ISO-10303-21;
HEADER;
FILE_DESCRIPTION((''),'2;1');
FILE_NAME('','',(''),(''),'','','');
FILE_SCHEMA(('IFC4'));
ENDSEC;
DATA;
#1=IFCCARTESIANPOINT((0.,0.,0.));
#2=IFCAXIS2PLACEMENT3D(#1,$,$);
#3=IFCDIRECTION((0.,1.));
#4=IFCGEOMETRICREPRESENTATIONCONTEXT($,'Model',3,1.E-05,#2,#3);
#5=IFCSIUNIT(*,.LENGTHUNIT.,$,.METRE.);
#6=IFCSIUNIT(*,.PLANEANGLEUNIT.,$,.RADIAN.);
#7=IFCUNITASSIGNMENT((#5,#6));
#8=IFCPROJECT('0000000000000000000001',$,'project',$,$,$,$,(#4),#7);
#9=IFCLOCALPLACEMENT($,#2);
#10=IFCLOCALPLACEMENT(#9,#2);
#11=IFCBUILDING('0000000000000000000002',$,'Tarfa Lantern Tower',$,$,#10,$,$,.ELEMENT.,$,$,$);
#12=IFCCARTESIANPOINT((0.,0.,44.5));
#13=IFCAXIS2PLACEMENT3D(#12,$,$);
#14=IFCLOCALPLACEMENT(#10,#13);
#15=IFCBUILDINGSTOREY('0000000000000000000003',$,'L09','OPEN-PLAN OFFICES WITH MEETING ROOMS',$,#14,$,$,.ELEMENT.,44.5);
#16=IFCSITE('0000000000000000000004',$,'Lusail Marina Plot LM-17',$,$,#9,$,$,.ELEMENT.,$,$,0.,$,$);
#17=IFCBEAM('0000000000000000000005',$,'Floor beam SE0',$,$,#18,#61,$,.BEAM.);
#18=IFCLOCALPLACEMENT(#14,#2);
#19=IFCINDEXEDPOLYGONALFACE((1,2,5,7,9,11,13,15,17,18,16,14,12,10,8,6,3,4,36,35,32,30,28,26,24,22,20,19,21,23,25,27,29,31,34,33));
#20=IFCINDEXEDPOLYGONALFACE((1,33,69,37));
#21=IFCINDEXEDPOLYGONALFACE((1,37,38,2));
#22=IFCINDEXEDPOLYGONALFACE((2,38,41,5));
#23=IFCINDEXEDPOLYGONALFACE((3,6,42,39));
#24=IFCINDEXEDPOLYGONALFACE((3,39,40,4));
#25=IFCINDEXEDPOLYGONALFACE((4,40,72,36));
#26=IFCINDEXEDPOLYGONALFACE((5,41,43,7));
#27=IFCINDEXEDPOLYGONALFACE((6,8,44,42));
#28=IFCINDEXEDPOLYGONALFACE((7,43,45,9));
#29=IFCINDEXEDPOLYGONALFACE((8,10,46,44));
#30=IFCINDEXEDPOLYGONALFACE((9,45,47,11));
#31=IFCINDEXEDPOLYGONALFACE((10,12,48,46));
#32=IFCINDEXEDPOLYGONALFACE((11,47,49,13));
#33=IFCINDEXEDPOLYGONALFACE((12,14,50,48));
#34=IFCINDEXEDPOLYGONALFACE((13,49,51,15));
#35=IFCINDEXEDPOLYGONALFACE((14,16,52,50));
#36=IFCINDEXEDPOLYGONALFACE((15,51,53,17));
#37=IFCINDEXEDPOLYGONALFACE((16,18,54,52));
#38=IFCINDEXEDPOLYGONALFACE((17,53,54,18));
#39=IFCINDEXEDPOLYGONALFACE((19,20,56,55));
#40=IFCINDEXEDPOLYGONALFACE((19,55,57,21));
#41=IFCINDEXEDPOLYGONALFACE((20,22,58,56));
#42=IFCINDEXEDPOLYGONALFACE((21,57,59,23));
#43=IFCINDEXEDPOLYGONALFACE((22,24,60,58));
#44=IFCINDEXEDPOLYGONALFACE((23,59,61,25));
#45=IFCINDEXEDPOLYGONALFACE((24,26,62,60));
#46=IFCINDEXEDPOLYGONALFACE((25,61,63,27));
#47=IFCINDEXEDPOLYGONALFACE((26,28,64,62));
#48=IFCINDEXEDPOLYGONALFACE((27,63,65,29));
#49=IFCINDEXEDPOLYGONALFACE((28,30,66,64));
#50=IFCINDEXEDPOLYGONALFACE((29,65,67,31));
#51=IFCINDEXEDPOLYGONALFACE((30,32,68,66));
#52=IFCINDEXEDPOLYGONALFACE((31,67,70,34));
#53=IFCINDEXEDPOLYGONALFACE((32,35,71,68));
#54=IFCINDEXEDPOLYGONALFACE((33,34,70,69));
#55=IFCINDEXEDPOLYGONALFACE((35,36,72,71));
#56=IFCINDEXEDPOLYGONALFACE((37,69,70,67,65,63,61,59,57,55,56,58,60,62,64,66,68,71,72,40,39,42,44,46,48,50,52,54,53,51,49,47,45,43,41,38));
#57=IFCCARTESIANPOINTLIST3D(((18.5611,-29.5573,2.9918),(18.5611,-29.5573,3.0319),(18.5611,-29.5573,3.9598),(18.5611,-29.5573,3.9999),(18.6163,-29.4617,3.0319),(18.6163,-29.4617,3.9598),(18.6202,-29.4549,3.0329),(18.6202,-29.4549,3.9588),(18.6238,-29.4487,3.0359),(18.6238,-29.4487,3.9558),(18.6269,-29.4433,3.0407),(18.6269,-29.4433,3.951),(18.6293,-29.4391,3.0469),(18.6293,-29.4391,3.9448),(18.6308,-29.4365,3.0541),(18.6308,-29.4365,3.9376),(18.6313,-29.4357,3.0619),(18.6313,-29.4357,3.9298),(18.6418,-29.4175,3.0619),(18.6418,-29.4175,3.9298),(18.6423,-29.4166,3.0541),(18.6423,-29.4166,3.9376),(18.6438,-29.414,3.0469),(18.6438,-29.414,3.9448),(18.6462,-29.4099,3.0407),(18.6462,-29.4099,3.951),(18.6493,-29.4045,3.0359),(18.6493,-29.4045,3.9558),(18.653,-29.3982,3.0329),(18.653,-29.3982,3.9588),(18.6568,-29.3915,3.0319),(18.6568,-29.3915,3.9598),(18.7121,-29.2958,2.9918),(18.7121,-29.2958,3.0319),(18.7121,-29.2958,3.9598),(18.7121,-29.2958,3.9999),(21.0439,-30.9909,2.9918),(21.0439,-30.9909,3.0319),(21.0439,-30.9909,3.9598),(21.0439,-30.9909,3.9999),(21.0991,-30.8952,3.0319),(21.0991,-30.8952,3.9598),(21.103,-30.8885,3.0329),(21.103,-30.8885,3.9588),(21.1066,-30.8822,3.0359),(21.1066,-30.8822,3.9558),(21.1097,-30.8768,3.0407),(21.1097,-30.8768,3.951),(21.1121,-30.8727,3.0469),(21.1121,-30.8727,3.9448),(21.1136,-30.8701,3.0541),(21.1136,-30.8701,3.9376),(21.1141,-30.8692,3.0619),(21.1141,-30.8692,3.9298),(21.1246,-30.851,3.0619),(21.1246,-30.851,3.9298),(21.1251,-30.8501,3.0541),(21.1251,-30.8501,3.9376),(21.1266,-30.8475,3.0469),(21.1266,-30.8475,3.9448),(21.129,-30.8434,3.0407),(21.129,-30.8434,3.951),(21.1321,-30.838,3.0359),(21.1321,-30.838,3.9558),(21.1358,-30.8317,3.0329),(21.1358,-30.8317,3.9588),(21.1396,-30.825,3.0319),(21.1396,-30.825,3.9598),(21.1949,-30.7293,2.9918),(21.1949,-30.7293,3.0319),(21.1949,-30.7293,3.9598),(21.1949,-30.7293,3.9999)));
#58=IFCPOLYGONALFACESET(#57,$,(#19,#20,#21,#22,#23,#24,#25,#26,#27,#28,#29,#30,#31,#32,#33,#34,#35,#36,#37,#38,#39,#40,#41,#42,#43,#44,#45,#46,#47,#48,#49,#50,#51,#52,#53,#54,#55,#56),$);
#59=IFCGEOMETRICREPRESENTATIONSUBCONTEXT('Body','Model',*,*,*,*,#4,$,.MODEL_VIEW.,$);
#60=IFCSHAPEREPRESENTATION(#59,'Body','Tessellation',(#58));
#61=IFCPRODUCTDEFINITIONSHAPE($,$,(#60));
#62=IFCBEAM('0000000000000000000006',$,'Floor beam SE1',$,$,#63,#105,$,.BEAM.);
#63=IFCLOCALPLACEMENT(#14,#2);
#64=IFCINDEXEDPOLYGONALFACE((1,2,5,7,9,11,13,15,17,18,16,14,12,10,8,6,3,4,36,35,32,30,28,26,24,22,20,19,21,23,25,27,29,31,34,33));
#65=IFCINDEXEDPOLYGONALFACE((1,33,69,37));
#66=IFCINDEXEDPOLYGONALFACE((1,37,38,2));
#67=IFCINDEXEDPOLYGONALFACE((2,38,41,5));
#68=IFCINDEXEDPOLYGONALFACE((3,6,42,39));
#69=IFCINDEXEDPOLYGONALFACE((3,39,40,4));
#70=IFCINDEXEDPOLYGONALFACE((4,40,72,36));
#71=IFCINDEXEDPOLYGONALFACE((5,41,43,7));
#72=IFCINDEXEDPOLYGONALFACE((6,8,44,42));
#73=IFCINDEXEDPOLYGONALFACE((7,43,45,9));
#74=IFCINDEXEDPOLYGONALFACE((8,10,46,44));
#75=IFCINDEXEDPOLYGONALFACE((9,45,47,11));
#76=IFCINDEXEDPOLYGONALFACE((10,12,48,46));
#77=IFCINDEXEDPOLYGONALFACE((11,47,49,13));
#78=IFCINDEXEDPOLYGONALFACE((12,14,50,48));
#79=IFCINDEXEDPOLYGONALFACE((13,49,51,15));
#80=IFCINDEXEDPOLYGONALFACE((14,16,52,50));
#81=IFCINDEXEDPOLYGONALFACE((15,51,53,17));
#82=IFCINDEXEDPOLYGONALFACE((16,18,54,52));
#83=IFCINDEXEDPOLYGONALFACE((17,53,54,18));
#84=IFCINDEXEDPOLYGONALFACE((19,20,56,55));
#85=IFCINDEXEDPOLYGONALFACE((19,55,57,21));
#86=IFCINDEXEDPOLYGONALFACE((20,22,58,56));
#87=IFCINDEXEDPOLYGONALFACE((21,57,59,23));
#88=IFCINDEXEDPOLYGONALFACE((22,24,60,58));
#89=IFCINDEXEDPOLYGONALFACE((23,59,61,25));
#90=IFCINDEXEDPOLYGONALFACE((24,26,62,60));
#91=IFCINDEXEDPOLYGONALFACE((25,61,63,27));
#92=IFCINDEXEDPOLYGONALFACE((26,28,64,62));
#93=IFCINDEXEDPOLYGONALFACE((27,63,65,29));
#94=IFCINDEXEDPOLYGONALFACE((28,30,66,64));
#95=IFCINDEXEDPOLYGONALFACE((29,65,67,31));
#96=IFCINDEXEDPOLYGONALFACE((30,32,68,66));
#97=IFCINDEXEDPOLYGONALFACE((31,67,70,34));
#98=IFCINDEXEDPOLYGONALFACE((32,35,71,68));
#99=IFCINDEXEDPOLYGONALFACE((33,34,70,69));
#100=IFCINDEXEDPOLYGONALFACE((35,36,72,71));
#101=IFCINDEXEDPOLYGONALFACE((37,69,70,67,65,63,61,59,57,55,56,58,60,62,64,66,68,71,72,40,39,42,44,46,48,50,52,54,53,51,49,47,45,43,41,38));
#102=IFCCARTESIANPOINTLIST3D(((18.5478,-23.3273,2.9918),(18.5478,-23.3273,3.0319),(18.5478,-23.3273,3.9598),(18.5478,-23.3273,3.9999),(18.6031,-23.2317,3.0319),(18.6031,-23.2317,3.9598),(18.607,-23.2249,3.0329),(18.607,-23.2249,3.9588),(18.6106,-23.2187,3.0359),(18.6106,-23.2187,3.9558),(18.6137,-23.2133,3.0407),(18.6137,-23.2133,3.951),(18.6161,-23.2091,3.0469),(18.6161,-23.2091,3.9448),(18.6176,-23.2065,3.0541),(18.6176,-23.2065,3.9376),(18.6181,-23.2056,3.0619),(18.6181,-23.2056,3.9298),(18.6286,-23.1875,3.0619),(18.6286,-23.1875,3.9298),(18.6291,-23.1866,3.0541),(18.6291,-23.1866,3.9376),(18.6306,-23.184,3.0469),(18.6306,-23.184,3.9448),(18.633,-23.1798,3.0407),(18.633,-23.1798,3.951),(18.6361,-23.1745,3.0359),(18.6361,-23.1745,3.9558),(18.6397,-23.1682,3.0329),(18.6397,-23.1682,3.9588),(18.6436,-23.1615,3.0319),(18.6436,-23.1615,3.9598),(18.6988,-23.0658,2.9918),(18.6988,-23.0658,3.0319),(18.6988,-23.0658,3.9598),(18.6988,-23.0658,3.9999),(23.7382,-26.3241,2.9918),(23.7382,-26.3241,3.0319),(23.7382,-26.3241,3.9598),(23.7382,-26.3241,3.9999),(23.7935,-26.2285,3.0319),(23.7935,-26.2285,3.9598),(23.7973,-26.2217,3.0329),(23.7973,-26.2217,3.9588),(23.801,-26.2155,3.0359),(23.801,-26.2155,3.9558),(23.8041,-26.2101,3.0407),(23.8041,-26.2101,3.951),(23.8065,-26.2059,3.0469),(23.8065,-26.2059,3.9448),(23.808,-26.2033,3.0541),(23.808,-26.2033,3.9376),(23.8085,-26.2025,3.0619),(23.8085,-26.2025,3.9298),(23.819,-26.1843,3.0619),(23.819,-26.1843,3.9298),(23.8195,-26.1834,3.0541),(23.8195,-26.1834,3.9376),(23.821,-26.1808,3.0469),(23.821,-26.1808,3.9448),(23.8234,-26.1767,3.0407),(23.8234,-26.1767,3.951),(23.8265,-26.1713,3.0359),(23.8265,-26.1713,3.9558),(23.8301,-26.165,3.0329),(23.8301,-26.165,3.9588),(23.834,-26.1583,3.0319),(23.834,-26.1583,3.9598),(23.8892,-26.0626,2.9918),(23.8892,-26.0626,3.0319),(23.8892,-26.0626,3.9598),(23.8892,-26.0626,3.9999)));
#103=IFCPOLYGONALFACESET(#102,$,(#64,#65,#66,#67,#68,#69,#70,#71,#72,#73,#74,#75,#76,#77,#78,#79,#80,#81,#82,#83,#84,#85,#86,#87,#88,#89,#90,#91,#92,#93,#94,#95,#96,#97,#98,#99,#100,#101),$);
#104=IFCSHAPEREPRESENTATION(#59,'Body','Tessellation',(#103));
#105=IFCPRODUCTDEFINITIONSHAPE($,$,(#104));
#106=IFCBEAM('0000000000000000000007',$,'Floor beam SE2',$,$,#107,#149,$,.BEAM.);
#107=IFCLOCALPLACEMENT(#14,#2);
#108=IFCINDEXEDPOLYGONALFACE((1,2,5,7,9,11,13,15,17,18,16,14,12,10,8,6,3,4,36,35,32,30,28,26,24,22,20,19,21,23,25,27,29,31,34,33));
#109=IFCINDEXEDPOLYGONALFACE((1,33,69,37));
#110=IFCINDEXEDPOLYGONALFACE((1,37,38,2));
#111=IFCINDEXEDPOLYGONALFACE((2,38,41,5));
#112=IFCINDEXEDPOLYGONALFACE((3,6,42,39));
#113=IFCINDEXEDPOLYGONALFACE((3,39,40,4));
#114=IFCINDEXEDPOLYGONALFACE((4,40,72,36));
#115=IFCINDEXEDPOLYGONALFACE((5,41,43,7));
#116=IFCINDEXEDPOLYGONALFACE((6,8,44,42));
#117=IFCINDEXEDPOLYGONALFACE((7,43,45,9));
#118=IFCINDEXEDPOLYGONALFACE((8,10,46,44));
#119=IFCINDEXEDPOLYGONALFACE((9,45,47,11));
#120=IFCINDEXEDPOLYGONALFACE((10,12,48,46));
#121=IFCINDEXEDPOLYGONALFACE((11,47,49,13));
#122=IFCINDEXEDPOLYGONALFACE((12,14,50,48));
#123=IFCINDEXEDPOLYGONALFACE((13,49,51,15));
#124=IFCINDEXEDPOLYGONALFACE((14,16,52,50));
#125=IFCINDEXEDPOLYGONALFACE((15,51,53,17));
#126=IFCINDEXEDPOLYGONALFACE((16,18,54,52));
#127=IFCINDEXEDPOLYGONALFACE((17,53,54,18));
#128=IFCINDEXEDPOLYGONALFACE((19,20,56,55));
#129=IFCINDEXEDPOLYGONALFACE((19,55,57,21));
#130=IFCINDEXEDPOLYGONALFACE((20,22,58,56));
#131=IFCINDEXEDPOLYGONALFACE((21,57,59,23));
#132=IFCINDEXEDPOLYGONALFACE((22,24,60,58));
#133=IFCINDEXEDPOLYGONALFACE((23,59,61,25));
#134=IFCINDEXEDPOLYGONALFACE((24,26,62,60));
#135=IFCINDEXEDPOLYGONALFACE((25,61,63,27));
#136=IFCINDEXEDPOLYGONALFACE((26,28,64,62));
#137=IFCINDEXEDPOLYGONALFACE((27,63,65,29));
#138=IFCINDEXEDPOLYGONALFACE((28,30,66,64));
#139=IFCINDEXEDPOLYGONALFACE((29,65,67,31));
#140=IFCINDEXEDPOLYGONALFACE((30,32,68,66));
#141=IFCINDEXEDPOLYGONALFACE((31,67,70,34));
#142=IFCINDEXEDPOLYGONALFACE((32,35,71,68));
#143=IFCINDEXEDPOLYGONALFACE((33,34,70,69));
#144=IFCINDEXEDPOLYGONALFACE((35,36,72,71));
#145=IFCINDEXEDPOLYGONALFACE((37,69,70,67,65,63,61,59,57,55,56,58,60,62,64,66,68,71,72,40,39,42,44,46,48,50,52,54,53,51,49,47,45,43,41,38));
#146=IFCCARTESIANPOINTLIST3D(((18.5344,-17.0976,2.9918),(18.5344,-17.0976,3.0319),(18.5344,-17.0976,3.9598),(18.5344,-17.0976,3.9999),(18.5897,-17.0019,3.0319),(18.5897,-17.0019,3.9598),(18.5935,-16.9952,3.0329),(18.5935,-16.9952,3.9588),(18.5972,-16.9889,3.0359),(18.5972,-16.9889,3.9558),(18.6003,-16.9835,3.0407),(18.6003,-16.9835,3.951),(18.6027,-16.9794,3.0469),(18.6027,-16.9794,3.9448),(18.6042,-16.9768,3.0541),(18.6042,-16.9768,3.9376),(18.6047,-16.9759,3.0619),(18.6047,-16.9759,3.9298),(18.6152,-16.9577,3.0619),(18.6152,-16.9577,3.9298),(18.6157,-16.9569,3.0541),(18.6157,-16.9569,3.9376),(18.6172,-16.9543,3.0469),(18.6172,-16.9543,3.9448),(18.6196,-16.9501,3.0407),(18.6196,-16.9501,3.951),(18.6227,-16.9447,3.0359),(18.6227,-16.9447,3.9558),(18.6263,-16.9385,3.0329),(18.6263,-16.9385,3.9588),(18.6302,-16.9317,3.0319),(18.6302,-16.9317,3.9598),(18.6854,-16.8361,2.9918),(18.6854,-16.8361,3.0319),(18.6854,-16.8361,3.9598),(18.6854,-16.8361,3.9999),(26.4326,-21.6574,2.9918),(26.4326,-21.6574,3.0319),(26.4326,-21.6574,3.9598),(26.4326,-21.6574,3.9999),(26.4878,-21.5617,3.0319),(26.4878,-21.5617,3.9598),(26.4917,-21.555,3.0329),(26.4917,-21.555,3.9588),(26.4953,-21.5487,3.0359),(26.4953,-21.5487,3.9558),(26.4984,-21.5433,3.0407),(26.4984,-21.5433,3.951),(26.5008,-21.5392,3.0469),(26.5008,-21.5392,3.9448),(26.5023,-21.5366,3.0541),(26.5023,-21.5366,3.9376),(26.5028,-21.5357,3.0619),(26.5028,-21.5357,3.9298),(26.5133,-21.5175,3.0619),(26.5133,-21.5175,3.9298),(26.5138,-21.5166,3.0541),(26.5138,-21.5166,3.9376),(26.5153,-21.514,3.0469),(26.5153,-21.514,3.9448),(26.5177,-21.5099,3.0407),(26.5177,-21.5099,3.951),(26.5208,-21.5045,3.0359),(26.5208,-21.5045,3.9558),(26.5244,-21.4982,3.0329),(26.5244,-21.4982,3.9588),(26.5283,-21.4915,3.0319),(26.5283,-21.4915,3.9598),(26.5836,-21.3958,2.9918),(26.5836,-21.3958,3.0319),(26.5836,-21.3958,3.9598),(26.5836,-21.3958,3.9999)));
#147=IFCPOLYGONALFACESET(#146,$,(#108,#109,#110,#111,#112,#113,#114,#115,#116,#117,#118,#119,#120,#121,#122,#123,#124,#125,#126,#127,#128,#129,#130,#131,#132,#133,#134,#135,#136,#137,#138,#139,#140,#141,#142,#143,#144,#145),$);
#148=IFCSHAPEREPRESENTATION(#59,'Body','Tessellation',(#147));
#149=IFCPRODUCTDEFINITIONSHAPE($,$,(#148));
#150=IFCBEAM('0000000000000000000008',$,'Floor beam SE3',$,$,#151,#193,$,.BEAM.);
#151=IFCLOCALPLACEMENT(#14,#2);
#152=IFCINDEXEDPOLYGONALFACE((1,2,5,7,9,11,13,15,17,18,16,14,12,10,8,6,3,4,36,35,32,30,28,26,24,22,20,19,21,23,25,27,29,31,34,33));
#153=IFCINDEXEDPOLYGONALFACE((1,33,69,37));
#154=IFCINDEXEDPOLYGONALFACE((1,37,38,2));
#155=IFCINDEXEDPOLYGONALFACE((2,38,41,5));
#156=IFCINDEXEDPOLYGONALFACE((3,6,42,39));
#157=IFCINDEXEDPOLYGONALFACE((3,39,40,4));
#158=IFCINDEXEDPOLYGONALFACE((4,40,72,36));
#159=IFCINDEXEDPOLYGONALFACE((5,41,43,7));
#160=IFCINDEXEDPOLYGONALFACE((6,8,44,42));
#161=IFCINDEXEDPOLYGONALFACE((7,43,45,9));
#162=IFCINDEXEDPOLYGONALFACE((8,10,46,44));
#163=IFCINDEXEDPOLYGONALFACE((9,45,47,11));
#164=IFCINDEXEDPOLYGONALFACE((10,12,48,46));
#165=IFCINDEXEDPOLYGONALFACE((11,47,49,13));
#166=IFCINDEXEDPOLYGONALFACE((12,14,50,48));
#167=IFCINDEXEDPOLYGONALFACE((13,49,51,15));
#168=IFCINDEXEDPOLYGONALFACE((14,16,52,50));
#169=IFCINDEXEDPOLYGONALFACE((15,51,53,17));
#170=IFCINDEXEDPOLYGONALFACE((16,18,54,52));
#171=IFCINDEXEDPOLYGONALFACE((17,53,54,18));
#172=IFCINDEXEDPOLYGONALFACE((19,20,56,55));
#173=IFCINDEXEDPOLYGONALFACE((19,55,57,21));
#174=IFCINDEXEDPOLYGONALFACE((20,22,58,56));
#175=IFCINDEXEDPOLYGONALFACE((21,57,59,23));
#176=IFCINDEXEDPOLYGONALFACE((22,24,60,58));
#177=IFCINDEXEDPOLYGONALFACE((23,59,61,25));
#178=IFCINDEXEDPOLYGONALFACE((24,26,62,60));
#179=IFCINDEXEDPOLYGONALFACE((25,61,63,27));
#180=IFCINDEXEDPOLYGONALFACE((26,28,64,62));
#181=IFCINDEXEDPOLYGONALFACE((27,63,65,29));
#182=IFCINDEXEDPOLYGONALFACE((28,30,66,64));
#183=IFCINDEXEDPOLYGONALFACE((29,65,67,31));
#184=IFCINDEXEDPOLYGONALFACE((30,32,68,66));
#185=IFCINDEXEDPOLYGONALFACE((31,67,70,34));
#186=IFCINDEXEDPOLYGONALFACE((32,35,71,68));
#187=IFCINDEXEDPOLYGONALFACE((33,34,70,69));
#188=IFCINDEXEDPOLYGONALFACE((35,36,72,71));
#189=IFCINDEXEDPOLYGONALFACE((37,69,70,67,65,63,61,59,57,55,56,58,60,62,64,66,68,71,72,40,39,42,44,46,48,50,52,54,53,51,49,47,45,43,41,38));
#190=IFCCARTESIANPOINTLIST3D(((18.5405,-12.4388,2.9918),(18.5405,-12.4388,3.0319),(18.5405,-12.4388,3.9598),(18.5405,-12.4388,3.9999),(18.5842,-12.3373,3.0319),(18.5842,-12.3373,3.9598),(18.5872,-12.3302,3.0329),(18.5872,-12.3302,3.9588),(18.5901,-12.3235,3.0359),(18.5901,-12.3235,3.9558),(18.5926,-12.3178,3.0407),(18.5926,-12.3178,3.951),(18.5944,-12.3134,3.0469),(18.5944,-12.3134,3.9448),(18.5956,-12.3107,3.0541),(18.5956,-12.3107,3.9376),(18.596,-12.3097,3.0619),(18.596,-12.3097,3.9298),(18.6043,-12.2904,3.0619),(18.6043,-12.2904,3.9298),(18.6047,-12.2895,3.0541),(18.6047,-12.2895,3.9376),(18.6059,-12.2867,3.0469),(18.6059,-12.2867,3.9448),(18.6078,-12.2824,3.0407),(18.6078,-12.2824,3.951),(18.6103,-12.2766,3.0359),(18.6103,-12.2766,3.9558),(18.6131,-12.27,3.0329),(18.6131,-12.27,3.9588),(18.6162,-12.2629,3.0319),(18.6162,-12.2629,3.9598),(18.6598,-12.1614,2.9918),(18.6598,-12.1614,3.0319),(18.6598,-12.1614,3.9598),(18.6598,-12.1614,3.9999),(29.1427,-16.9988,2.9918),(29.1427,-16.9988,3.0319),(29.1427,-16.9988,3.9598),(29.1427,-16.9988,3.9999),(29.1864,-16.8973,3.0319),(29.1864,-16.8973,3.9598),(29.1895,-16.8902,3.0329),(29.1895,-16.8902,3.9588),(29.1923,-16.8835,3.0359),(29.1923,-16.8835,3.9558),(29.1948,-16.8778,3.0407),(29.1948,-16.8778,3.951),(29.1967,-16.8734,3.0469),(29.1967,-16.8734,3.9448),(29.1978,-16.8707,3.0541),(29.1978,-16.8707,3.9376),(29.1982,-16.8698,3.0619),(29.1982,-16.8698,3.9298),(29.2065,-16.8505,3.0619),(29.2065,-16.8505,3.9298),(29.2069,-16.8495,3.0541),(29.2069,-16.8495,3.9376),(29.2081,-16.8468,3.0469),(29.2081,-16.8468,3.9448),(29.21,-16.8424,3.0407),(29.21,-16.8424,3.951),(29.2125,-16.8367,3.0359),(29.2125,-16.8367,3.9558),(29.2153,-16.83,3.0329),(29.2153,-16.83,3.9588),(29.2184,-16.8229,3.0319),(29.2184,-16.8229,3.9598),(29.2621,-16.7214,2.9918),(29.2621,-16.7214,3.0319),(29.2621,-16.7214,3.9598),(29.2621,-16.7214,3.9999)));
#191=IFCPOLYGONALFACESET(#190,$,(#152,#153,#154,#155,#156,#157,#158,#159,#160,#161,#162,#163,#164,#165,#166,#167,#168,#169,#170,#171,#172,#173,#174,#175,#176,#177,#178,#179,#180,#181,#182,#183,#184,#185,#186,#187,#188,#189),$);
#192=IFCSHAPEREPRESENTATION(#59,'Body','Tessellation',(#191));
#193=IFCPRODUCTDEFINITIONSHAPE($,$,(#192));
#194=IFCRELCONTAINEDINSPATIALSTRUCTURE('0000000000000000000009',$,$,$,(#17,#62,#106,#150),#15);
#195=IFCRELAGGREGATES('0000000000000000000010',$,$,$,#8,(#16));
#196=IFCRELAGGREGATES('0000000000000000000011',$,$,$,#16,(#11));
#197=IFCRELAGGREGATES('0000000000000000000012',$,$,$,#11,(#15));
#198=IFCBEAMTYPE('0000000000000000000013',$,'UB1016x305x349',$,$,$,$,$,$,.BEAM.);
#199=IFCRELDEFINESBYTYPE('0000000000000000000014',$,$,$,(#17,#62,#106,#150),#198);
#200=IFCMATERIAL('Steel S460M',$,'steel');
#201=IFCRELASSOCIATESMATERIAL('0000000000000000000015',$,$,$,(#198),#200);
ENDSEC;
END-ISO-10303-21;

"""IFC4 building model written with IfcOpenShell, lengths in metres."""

from ifc_helpers import new_model, si_unit, direction, frame, origin, origin_2d, place, context, subcontext, project, spatial, i_section, extrude, material, material_profile, profile_set, type_object, element, save


model = new_model("IFC4")

# Units and contexts
model_context = context("Model", 3, precision=1e-05, world=origin(), true_north=direction((0.0, 1.0)))
body_context = subcontext(model_context, "Body", "Model", "MODEL_VIEW")
ifc_project = project(units=[si_unit("LENGTHUNIT", "METRE"), si_unit("PLANEANGLEUNIT", "RADIAN")], contexts=[model_context])

# Site, building, storey
site_placement = place(None, origin())
site = spatial("IfcSite", under=ifc_project, at=site_placement, Name="Lusail Marina Plot LM-17", CompositionType="ELEMENT", RefElevation=0.0)
building_placement = place(site_placement, origin())
building = spatial("IfcBuilding", under=site, at=building_placement, Name="Tarfa Lantern Tower", CompositionType="ELEMENT")
storey_placement = place(building_placement, frame((0.0, 0.0, 44.5)))
storey = spatial("IfcBuildingStorey", under=building, at=storey_placement, Name="L09", Description="OPEN-PLAN OFFICES WITH MEETING ROOMS", CompositionType="ELEMENT", Elevation=44.5)

# Beams
ifc_material_1 = material(Name="Steel S460M", Category="steel")
ifc_material_profile_1 = material_profile(ifc_material_1, i_section(OverallWidth=0.302, OverallDepth=1.0081, WebThickness=0.021, FlangeThickness=0.04, FilletRadius=0.03, at=origin_2d()), Name="UB1016x305x349")
ifc_profile_set_1 = profile_set([ifc_material_profile_1], Name="Steel S460M")
beam_type_1 = type_object("IfcBeamType", Name="UB1016x305x349", PredefinedType="BEAM", material=ifc_profile_set_1)
beam_1_placement = place(storey_placement, frame((21.1194, -30.8601, 3.4958), z_axis=(-0.866013, 0.500022, 0.0), x_axis=(-0.500022, -0.866013, 0.0)))
element("IfcBeam", 1, at=beam_1_placement, inside=storey, type_object=beam_type_1, Name="Floor beam SE0", PredefinedType="BEAM", context=body_context, shape_type="SweptSolid", body=[
    extrude(i_section(OverallWidth=0.302, OverallDepth=1.0081, WebThickness=0.021, FlangeThickness=0.04, FilletRadius=0.03, at=origin_2d()), origin(), (0.0, 0.0, 1.0), 2.8669),
])
beam_2_placement = place(storey_placement, frame((23.8137, -26.1934, 3.4958), z_axis=(-0.866016, 0.500016, 0.0), x_axis=(-0.500016, -0.866016, 0.0)))
element("IfcBeam", 2, at=beam_2_placement, inside=storey, type_object=beam_type_1, Name="Floor beam SE1", PredefinedType="BEAM", context=body_context, shape_type="SweptSolid", body=[
    extrude(i_section(OverallWidth=0.302, OverallDepth=1.0081, WebThickness=0.021, FlangeThickness=0.04, FilletRadius=0.03, at=origin_2d()), origin(), (0.0, 0.0, 1.0), 5.9934),
])
beam_3_placement = place(storey_placement, frame((26.5081, -21.5266, 3.4958), z_axis=(-0.866035, 0.499983, 0.0), x_axis=(-0.499983, -0.866035, 0.0)))
element("IfcBeam", 3, at=beam_3_placement, inside=storey, type_object=beam_type_1, Name="Floor beam SE2", PredefinedType="BEAM", context=body_context, shape_type="SweptSolid", body=[
    extrude(i_section(OverallWidth=0.302, OverallDepth=1.0081, WebThickness=0.021, FlangeThickness=0.04, FilletRadius=0.03, at=origin_2d()), origin(), (0.0, 0.0, 1.0), 9.1199),
])
beam_4_placement = place(storey_placement, frame((29.2024, -16.8601, 3.4958), z_axis=(-0.918635, 0.395106, 0.0), x_axis=(-0.395106, -0.918635, 0.0)))
element("IfcBeam", 4, at=beam_4_placement, inside=storey, type_object=beam_type_1, Name="Floor beam SE3", PredefinedType="BEAM", context=body_context, shape_type="SweptSolid", body=[
    extrude(i_section(OverallWidth=0.302, OverallDepth=1.0081, WebThickness=0.021, FlangeThickness=0.04, FilletRadius=0.03, at=origin_2d()), origin(), (0.0, 0.0, 1.0), 11.5413),
])

save(model, "model.ifc")
